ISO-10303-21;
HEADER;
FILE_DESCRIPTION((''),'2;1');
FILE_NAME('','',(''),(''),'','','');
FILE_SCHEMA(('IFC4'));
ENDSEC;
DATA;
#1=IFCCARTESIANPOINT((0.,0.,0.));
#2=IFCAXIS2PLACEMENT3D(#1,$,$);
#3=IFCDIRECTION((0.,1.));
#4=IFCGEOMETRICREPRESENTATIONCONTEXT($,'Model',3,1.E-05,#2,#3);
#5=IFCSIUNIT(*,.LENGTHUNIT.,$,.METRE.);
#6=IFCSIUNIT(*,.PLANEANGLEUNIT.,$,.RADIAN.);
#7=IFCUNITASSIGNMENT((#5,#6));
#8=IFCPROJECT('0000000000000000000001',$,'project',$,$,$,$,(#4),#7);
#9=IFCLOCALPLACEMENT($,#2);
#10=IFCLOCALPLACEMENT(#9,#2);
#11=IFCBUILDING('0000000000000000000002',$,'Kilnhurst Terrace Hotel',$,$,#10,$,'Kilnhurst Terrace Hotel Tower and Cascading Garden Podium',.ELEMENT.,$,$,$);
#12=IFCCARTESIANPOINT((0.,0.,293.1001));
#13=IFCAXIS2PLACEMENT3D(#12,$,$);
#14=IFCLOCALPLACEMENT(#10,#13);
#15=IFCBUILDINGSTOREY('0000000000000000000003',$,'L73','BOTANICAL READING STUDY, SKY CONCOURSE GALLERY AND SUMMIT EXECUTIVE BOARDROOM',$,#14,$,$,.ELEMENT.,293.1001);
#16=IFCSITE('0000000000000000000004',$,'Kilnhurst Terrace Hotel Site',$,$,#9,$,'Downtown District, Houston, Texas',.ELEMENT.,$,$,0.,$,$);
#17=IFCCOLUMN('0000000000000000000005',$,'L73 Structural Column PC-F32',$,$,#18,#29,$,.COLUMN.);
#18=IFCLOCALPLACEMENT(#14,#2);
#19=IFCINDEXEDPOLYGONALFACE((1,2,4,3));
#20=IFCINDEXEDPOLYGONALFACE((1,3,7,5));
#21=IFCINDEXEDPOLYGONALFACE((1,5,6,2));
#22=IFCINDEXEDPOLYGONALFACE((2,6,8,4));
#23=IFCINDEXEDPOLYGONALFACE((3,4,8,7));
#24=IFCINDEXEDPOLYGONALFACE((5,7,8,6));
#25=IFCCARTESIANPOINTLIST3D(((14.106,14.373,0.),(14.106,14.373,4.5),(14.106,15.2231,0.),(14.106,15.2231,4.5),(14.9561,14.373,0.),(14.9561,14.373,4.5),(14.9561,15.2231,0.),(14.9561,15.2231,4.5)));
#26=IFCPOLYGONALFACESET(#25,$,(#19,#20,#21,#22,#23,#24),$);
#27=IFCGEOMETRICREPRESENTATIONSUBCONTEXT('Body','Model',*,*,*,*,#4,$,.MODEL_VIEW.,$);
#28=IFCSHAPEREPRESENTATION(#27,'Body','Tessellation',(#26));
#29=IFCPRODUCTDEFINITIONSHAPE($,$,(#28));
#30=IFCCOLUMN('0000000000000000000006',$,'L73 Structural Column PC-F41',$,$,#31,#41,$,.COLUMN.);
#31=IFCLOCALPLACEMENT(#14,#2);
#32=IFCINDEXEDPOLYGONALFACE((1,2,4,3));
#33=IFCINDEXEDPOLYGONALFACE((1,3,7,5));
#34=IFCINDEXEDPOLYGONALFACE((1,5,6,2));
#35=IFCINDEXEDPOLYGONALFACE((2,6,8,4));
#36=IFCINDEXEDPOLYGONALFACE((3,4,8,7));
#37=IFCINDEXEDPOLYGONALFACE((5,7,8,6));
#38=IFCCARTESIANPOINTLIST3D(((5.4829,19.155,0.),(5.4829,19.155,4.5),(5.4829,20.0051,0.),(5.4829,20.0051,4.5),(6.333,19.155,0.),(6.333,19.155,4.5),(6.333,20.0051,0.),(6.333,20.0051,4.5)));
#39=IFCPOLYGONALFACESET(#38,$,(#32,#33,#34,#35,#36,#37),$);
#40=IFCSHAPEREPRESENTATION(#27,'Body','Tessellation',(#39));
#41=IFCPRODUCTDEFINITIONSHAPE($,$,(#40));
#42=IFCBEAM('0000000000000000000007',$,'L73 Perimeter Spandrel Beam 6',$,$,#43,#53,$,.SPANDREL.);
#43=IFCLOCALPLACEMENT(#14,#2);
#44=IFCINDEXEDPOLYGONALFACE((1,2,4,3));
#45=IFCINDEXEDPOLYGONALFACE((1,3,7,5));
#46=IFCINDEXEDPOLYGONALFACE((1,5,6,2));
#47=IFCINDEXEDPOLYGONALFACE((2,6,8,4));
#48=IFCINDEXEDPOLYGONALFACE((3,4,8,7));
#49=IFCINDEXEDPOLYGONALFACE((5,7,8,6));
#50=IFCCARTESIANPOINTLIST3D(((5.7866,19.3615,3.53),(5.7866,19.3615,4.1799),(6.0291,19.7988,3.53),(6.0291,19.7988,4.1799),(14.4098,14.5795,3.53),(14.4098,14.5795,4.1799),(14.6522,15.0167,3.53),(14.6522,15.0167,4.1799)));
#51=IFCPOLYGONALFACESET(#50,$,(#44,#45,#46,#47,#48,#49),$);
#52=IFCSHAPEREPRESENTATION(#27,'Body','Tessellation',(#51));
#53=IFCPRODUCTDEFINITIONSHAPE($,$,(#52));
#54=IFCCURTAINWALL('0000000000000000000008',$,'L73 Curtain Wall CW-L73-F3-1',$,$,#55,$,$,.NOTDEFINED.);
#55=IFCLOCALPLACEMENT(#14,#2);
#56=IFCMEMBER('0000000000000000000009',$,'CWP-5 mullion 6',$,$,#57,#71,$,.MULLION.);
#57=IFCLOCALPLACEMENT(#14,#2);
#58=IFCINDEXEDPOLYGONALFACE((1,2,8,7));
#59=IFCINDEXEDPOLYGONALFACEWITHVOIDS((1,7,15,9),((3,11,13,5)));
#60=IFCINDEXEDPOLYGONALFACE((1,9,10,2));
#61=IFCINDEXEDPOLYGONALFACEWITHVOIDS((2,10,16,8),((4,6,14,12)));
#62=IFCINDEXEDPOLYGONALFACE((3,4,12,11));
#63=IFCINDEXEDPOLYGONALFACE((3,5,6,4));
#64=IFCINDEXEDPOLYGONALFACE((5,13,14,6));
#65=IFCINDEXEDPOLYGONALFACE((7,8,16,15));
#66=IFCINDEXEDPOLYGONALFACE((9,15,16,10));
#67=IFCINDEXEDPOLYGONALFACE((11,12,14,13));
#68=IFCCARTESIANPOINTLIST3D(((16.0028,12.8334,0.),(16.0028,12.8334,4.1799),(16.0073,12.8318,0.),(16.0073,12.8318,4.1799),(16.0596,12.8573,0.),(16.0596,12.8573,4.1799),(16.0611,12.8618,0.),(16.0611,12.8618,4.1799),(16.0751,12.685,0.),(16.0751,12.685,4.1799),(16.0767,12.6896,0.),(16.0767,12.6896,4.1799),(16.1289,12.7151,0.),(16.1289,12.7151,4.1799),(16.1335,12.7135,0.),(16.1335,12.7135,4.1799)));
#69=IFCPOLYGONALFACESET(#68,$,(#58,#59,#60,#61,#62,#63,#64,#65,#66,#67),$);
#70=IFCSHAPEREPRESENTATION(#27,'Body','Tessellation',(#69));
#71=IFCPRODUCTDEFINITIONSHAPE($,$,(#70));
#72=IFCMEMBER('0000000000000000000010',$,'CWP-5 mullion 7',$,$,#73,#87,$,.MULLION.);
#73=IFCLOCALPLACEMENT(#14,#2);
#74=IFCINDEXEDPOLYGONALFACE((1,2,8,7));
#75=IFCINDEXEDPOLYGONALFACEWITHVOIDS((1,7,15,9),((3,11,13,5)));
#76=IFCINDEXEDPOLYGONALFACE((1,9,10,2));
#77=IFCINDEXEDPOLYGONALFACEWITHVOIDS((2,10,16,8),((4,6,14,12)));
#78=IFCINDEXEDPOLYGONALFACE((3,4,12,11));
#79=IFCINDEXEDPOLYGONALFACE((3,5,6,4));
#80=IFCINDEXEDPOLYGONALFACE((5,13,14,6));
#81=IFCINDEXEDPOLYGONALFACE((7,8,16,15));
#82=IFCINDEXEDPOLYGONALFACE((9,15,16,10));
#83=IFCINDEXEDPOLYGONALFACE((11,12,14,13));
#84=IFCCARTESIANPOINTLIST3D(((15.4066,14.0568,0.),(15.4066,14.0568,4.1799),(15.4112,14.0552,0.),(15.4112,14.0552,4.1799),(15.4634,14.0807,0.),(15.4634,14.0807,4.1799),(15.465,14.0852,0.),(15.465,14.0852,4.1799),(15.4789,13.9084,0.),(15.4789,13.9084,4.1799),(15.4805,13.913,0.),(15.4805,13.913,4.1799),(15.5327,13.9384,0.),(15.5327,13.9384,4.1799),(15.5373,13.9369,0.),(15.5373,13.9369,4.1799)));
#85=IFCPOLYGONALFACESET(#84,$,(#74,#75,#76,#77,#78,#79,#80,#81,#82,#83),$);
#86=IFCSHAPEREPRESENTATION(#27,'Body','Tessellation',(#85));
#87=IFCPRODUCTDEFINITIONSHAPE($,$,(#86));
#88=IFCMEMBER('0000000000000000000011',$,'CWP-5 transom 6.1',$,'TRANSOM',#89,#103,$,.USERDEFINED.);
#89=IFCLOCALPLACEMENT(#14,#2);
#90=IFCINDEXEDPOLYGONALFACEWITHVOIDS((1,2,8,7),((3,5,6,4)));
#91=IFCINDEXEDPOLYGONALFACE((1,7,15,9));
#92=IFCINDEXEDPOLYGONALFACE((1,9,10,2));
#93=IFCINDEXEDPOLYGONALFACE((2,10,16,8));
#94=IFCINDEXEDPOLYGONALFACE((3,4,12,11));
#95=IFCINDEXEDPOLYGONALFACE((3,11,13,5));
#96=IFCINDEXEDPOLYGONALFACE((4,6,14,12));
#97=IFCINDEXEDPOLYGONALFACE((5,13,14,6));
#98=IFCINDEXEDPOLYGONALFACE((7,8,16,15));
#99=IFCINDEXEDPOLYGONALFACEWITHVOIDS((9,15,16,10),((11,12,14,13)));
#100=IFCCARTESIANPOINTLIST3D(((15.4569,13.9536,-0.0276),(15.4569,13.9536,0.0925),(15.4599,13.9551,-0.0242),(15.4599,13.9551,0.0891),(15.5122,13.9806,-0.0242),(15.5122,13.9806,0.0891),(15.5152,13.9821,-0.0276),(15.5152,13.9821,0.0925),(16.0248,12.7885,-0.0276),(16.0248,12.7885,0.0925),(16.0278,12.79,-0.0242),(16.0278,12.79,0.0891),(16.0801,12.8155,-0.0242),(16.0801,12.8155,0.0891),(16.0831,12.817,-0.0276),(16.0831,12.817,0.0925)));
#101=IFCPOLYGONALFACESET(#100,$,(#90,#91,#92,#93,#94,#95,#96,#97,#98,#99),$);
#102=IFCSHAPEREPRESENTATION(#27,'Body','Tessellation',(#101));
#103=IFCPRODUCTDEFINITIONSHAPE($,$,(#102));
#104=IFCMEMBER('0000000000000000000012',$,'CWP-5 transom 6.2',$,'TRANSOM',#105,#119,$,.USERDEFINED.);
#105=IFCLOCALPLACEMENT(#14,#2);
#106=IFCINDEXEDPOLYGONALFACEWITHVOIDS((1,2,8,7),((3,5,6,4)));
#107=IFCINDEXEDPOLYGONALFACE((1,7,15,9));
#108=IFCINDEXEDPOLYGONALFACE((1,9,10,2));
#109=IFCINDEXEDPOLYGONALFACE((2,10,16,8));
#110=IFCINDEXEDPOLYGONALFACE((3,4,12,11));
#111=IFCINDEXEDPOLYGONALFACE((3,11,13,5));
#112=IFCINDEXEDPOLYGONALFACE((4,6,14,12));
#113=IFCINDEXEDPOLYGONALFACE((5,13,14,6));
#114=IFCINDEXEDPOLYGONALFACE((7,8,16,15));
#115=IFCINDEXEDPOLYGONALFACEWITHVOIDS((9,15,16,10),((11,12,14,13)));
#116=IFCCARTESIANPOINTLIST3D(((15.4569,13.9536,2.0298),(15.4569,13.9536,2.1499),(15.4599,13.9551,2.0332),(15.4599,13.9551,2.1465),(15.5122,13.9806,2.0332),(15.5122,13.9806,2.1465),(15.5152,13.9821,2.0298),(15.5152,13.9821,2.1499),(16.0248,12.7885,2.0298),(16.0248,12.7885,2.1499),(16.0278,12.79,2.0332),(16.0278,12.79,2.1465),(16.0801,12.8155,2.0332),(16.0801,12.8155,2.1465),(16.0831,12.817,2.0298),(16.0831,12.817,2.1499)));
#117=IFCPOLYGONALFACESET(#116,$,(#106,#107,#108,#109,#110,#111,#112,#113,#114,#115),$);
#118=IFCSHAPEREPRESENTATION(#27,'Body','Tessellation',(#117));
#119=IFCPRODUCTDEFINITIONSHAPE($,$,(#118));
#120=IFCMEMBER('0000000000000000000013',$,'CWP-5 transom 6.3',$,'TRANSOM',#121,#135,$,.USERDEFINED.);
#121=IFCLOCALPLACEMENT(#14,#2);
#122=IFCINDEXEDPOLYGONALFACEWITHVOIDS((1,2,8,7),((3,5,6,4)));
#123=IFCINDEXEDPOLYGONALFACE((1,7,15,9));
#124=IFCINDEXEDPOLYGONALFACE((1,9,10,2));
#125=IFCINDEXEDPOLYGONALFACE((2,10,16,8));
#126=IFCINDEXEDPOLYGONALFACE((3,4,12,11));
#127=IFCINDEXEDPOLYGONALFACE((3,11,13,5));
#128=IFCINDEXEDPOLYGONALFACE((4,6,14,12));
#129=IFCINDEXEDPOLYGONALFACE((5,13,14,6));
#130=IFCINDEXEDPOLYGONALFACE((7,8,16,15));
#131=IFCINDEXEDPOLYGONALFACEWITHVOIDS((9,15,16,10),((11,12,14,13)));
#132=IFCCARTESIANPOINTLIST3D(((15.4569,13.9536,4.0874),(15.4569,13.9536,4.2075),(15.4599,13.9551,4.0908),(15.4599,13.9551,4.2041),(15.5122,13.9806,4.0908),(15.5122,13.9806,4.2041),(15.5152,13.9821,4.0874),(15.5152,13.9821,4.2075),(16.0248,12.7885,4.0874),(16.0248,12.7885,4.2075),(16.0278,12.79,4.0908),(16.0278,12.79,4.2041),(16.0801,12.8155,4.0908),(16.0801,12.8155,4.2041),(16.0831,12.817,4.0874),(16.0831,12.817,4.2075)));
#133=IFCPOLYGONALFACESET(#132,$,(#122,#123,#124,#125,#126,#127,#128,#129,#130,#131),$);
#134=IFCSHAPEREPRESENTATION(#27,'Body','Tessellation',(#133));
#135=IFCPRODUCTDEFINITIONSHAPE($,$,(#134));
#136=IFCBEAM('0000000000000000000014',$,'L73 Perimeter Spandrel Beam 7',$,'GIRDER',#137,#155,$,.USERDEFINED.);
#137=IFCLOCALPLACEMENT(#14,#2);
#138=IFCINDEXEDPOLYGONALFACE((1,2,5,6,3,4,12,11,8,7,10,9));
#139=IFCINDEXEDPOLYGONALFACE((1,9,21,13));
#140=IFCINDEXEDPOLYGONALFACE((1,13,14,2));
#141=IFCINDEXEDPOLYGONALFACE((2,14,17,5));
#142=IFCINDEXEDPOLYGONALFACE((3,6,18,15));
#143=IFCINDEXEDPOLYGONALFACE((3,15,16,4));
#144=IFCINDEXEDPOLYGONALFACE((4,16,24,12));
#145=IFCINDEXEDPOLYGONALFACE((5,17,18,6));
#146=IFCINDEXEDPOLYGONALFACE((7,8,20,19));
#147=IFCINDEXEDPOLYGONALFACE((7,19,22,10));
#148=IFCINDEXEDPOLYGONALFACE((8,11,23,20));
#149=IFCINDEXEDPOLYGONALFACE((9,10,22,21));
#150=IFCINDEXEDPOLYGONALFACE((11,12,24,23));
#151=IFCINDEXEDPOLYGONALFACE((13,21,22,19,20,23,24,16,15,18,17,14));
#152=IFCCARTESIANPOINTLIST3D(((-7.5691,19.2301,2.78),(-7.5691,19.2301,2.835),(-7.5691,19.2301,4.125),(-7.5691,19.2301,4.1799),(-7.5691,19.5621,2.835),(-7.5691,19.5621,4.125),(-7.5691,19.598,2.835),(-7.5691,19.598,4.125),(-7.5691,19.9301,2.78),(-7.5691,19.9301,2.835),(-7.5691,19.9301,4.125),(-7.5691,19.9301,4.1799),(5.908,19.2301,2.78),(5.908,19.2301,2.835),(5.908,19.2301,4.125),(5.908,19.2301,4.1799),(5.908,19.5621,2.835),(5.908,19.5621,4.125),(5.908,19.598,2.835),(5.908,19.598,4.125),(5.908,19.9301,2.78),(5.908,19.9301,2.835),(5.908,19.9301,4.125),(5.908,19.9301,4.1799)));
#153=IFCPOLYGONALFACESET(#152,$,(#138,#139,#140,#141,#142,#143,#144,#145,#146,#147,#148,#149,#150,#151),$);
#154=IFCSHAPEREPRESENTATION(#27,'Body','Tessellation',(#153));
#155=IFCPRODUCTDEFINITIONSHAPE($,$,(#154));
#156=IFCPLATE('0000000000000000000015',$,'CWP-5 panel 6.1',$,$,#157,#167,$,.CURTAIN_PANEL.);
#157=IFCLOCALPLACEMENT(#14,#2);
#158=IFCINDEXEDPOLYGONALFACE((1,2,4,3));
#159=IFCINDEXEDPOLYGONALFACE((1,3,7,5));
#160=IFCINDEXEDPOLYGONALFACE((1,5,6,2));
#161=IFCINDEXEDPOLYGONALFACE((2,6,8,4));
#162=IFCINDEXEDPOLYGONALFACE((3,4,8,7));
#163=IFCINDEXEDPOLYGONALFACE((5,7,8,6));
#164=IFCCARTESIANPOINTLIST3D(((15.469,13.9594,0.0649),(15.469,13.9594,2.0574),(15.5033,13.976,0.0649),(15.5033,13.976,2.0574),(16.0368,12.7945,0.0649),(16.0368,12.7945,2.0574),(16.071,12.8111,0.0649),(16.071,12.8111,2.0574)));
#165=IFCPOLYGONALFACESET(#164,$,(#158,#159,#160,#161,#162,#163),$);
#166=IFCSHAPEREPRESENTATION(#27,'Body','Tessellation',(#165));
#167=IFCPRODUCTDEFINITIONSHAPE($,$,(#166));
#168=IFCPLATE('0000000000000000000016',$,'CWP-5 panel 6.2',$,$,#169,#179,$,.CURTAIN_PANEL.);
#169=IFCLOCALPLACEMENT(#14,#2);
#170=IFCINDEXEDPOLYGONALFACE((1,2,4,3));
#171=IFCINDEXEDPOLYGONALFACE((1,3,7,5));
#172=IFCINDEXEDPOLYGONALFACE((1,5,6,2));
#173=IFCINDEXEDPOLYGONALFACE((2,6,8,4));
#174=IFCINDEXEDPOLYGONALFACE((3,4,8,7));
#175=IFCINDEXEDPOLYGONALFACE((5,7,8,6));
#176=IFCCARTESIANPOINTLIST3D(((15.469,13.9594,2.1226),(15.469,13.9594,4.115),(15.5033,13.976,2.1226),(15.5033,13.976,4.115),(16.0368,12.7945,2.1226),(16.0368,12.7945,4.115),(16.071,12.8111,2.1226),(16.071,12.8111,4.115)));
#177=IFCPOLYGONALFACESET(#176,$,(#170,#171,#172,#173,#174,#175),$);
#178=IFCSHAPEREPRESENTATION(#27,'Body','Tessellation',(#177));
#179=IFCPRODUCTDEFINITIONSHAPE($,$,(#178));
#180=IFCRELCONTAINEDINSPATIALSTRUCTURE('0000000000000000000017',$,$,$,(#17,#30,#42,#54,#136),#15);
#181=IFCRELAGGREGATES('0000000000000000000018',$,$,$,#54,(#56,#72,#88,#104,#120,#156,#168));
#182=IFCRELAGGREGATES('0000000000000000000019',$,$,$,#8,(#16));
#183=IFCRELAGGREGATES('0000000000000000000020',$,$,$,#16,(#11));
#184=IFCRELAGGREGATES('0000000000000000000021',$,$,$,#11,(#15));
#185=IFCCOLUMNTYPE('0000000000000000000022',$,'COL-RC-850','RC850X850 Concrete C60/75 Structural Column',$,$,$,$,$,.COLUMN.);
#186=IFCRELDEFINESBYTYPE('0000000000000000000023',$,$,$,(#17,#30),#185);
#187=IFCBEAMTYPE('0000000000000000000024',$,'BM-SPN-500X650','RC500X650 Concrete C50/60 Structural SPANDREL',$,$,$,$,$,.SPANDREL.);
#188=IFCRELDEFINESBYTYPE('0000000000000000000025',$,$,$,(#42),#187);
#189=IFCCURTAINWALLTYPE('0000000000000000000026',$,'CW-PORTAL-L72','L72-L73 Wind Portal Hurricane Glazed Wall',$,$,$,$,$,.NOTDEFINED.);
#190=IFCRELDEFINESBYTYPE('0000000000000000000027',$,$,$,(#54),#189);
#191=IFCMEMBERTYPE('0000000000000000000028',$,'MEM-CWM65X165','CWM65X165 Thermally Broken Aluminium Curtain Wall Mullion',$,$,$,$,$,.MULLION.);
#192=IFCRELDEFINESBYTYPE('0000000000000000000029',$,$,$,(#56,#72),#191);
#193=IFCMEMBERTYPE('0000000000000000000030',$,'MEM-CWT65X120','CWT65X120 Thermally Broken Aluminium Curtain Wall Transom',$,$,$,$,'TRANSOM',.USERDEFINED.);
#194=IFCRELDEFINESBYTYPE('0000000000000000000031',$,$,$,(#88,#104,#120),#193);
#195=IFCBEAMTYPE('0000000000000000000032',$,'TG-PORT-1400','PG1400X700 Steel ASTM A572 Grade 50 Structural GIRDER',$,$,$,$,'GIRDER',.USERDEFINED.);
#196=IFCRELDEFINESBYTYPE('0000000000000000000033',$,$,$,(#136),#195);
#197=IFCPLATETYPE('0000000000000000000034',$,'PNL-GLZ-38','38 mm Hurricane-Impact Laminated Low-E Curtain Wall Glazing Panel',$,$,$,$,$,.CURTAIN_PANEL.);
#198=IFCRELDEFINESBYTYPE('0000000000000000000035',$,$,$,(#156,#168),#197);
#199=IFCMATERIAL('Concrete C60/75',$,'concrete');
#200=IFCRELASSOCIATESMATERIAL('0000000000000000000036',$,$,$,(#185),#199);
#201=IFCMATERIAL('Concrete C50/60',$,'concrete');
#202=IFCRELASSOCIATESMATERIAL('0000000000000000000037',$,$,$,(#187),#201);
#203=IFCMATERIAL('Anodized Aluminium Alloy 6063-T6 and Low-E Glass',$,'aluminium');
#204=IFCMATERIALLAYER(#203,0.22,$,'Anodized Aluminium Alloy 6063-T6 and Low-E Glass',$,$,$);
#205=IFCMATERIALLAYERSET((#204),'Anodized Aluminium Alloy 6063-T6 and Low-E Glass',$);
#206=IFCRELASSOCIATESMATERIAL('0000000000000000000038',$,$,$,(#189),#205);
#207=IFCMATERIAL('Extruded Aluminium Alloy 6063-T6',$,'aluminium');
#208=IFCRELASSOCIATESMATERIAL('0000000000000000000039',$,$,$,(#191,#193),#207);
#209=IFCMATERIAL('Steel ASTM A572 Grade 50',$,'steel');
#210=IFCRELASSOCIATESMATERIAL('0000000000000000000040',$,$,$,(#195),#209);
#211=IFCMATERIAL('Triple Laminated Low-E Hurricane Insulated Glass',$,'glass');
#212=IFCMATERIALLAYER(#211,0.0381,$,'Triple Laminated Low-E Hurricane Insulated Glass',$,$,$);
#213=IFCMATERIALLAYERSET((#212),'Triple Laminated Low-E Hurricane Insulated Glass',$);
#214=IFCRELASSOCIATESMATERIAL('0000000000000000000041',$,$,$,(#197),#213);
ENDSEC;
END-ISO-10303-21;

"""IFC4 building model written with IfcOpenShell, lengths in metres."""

from ifc_helpers import new_model, si_unit, direction, frame, origin, origin_2d, place, context, subcontext, project, spatial, rectangle, hollow_rectangle, i_section, extrude, material, layer, layer_set, material_profile, profile_set, type_object, element, aggregate, save


model = new_model("IFC4")

# Units and contexts
model_context = context("Model", 3, precision=1e-05, world=origin(), true_north=direction((0.0, 1.0)))
body_context = subcontext(model_context, "Body", "Model", "MODEL_VIEW")
ifc_project = project(units=[si_unit("LENGTHUNIT", "METRE"), si_unit("PLANEANGLEUNIT", "RADIAN")], contexts=[model_context])

# Site, building, storey
site_placement = place(None, origin())
site = spatial("IfcSite", under=ifc_project, at=site_placement, Name="Kilnhurst Terrace Hotel Site", LongName="Downtown District, Houston, Texas", CompositionType="ELEMENT", RefElevation=0.0)
building_placement = place(site_placement, origin())
building = spatial("IfcBuilding", under=site, at=building_placement, Name="Kilnhurst Terrace Hotel", LongName="Kilnhurst Terrace Hotel Tower and Cascading Garden Podium", CompositionType="ELEMENT")
storey_placement = place(building_placement, frame((0.0, 0.0, 293.1001)))
storey = spatial("IfcBuildingStorey", under=building, at=storey_placement, Name="L73", Description="BOTANICAL READING STUDY, SKY CONCOURSE GALLERY AND SUMMIT EXECUTIVE BOARDROOM", CompositionType="ELEMENT", Elevation=293.1001)

# Columns
ifc_material_1 = material(Name="Concrete C60/75", Category="concrete")
ifc_material_profile_1 = material_profile(ifc_material_1, rectangle(XDim=0.8501, YDim=0.8501, at=origin_2d()), Name="RC850X850")
ifc_profile_set_1 = profile_set([ifc_material_profile_1], Name="Concrete C60/75")
column_type = type_object("IfcColumnType", Name="COL-RC-850", Description="RC850X850 Concrete C60/75 Structural Column", PredefinedType="COLUMN", material=ifc_profile_set_1)
for number, where, z_axis, x_axis, name in (
    (1, (14.531, 14.7981, 0.0), (0.0, 0.0, 1.0), (1.0, 0.0, 0.0), "L73 Structural Column PC-F32"),
    (2, (5.908, 19.5801, 0.0), (0.0, 0.0, 1.0), (1.0, 0.0, 0.0), "L73 Structural Column PC-F41"),
):
    element("IfcColumn", number, at=place(storey_placement, frame(where, z_axis=z_axis, x_axis=x_axis)), inside=storey, type_object=column_type, Name=name, PredefinedType="COLUMN", context=body_context, shape_type="SweptSolid", body=[
        extrude(rectangle(XDim=0.8501, YDim=0.8501, at=origin_2d()), origin(), (0.0, 0.0, 1.0), 4.5),
    ])

# Beam
ifc_material_2 = material(Name="Concrete C50/60", Category="concrete")
ifc_material_profile_2 = material_profile(ifc_material_2, rectangle(XDim=0.5, YDim=0.6499, at=origin_2d()), Name="RC500X650")
ifc_profile_set_2 = profile_set([ifc_material_profile_2], Name="Concrete C50/60")
beam_type_1 = type_object("IfcBeamType", Name="BM-SPN-500X650", Description="RC500X650 Concrete C50/60 Structural SPANDREL", PredefinedType="SPANDREL", material=ifc_profile_set_2)
beam_1_placement = place(storey_placement, frame((14.531, 14.7981, 3.855), z_axis=(-0.874527, 0.484976, 0.0), x_axis=(-0.484976, -0.874527, 0.0)))
element("IfcBeam", 3, at=beam_1_placement, inside=storey, type_object=beam_type_1, Name="L73 Perimeter Spandrel Beam 6", PredefinedType="SPANDREL", context=body_context, shape_type="SweptSolid", body=[
    extrude(rectangle(XDim=0.5, YDim=0.6499, at=origin_2d()), origin(), (0.0, 0.0, 1.0), 9.8604),
])

# Curtain wall, members
ifc_material_3 = material(Name="Anodized Aluminium Alloy 6063-T6 and Low-E Glass", Category="aluminium")
ifc_layer_1 = layer(ifc_material_3, 0.22, Name="Anodized Aluminium Alloy 6063-T6 and Low-E Glass")
ifc_layer_set_1 = layer_set([ifc_layer_1], Name="Anodized Aluminium Alloy 6063-T6 and Low-E Glass")
curtain_wall_type = type_object("IfcCurtainWallType", Name="CW-PORTAL-L72", Description="L72-L73 Wind Portal Hurricane Glazed Wall", PredefinedType="NOTDEFINED", material=ifc_layer_set_1)
curtain_wall_placement = place(storey_placement, origin())
curtain_wall = element("IfcCurtainWall", 4, at=curtain_wall_placement, inside=storey, type_object=curtain_wall_type, Name="L73 Curtain Wall CW-L73-F3-1", PredefinedType="NOTDEFINED")
ifc_material_4 = material(Name="Extruded Aluminium Alloy 6063-T6", Category="aluminium")
ifc_material_profile_3 = material_profile(ifc_material_4, hollow_rectangle(XDim=0.0649, YDim=0.165, WallThickness=0.0034, at=origin_2d()), Name="CWM65X165")
ifc_profile_set_3 = profile_set([ifc_material_profile_3], Name="Extruded Aluminium Alloy 6063-T6")
member_type_1 = type_object("IfcMemberType", Name="MEM-CWM65X165", Description="CWM65X165 Thermally Broken Aluminium Curtain Wall Mullion", PredefinedType="MULLION", material=ifc_profile_set_3)
member_1_placement = place(storey_placement, frame((16.0681, 12.7734, 0.0), z_axis=(0.0, 0.0, 1.0), x_axis=(-0.898912, -0.43813, 0.0)))
member_1 = element("IfcMember", 5, at=member_1_placement, type_object=member_type_1, Name="CWP-5 mullion 6", PredefinedType="MULLION", context=body_context, shape_type="SweptSolid", body=[
    extrude(hollow_rectangle(XDim=0.0649, YDim=0.165, WallThickness=0.0034, at=origin_2d()), origin(), (0.0, 0.0, 1.0), 4.1799),
])
member_2_placement = place(storey_placement, frame((15.4719, 13.9968, 0.0), z_axis=(0.0, 0.0, 1.0), x_axis=(-0.898912, -0.43813, 0.0)))
member_2 = element("IfcMember", 6, at=member_2_placement, type_object=member_type_1, Name="CWP-5 mullion 7", PredefinedType="MULLION", context=body_context, shape_type="SweptSolid", body=[
    extrude(hollow_rectangle(XDim=0.0649, YDim=0.165, WallThickness=0.0034, at=origin_2d()), origin(), (0.0, 0.0, 1.0), 4.1799),
])
ifc_material_profile_4 = material_profile(ifc_material_4, hollow_rectangle(XDim=0.0649, YDim=0.1201, WallThickness=0.0034, at=origin_2d()), Name="CWT65X120")
ifc_profile_set_4 = profile_set([ifc_material_profile_4], Name="Extruded Aluminium Alloy 6063-T6")
member_type_2 = type_object("IfcMemberType", Name="MEM-CWT65X120", Description="CWT65X120 Thermally Broken Aluminium Curtain Wall Transom", ElementType="TRANSOM", PredefinedType="USERDEFINED", material=ifc_profile_set_4)
member_3_placement = place(storey_placement, frame((16.054, 12.8027, 0.0325), z_axis=(-0.438149, 0.898902, 0.0), x_axis=(-0.898902, -0.438149, 0.0)))
member_3 = element("IfcMember", 7, at=member_3_placement, type_object=member_type_2, Name="CWP-5 transom 6.1", ObjectType="TRANSOM", PredefinedType="USERDEFINED", context=body_context, shape_type="SweptSolid", body=[
    extrude(hollow_rectangle(XDim=0.0649, YDim=0.1201, WallThickness=0.0034, at=origin_2d()), origin(), (0.0, 0.0, 1.0), 1.2961),
])
member_4_placement = place(storey_placement, frame((16.054, 12.8027, 2.0898), z_axis=(-0.438149, 0.898902, 0.0), x_axis=(-0.898902, -0.438149, 0.0)))
member_4 = element("IfcMember", 8, at=member_4_placement, type_object=member_type_2, Name="CWP-5 transom 6.2", ObjectType="TRANSOM", PredefinedType="USERDEFINED", context=body_context, shape_type="SweptSolid", body=[
    extrude(hollow_rectangle(XDim=0.0649, YDim=0.1201, WallThickness=0.0034, at=origin_2d()), origin(), (0.0, 0.0, 1.0), 1.2961),
])
member_5_placement = place(storey_placement, frame((16.054, 12.8027, 4.1475), z_axis=(-0.438149, 0.898902, 0.0), x_axis=(-0.898902, -0.438149, 0.0)))
member_5 = element("IfcMember", 9, at=member_5_placement, type_object=member_type_2, Name="CWP-5 transom 6.3", ObjectType="TRANSOM", PredefinedType="USERDEFINED", context=body_context, shape_type="SweptSolid", body=[
    extrude(hollow_rectangle(XDim=0.0649, YDim=0.1201, WallThickness=0.0034, at=origin_2d()), origin(), (0.0, 0.0, 1.0), 1.2961),
])

# Beam
ifc_material_5 = material(Name="Steel ASTM A572 Grade 50", Category="steel")
ifc_material_profile_5 = material_profile(ifc_material_5, i_section(OverallWidth=0.7, OverallDepth=1.3999, WebThickness=0.0359, FlangeThickness=0.0549, at=origin_2d()), Name="PG1400X700")
ifc_profile_set_5 = profile_set([ifc_material_profile_5], Name="Steel ASTM A572 Grade 50")
beam_type_2 = type_object("IfcBeamType", Name="TG-PORT-1400", Description="PG1400X700 Steel ASTM A572 Grade 50 Structural GIRDER", ElementType="GIRDER", PredefinedType="USERDEFINED", material=ifc_profile_set_5)
beam_2_placement = place(storey_placement, frame((5.908, 19.5801, 3.48), z_axis=(-1.0, 0.0, 0.0), x_axis=(0.0, -1.0, 0.0)))
element("IfcBeam", 10, at=beam_2_placement, inside=storey, type_object=beam_type_2, Name="L73 Perimeter Spandrel Beam 7", ObjectType="GIRDER", PredefinedType="USERDEFINED", context=body_context, shape_type="SweptSolid", body=[
    extrude(i_section(OverallWidth=0.7, OverallDepth=1.3999, WebThickness=0.0359, FlangeThickness=0.0549, at=origin_2d()), origin(), (0.0, 0.0, 1.0), 13.4771),
])

# Plates
ifc_material_6 = material(Name="Triple Laminated Low-E Hurricane Insulated Glass", Category="glass")
ifc_layer_2 = layer(ifc_material_6, 0.0381, Name="Triple Laminated Low-E Hurricane Insulated Glass")
ifc_layer_set_2 = layer_set([ifc_layer_2], Name="Triple Laminated Low-E Hurricane Insulated Glass")
plate_type = type_object("IfcPlateType", Name="PNL-GLZ-38", Description="38 mm Hurricane-Impact Laminated Low-E Curtain Wall Glazing Panel", PredefinedType="CURTAIN_PANEL", material=ifc_layer_set_2)
plate_1_placement = place(storey_placement, frame((15.77, 13.3853, 0.0649), z_axis=(0.0, 0.0, 1.0), x_axis=(-0.43813, 0.898912, 0.0)))
plate_1 = element("IfcPlate", 11, at=plate_1_placement, type_object=plate_type, Name="CWP-5 panel 6.1", PredefinedType="CURTAIN_PANEL", context=body_context, shape_type="SweptSolid", body=[
    extrude(rectangle(XDim=1.2959, YDim=0.0381, at=origin_2d()), origin(), (0.0, 0.0, 1.0), 1.9924),
])
plate_2_placement = place(storey_placement, frame((15.77, 13.3853, 2.1226), z_axis=(0.0, 0.0, 1.0), x_axis=(-0.43813, 0.898912, 0.0)))
plate_2 = element("IfcPlate", 12, at=plate_2_placement, type_object=plate_type, Name="CWP-5 panel 6.2", PredefinedType="CURTAIN_PANEL", context=body_context, shape_type="SweptSolid", body=[
    extrude(rectangle(XDim=1.2959, YDim=0.0381, at=origin_2d()), origin(), (0.0, 0.0, 1.0), 1.9924),
])
aggregate(curtain_wall, [member_1, member_2, member_3, member_4, member_5, plate_1, plate_2])

save(model, "model.ifc")
